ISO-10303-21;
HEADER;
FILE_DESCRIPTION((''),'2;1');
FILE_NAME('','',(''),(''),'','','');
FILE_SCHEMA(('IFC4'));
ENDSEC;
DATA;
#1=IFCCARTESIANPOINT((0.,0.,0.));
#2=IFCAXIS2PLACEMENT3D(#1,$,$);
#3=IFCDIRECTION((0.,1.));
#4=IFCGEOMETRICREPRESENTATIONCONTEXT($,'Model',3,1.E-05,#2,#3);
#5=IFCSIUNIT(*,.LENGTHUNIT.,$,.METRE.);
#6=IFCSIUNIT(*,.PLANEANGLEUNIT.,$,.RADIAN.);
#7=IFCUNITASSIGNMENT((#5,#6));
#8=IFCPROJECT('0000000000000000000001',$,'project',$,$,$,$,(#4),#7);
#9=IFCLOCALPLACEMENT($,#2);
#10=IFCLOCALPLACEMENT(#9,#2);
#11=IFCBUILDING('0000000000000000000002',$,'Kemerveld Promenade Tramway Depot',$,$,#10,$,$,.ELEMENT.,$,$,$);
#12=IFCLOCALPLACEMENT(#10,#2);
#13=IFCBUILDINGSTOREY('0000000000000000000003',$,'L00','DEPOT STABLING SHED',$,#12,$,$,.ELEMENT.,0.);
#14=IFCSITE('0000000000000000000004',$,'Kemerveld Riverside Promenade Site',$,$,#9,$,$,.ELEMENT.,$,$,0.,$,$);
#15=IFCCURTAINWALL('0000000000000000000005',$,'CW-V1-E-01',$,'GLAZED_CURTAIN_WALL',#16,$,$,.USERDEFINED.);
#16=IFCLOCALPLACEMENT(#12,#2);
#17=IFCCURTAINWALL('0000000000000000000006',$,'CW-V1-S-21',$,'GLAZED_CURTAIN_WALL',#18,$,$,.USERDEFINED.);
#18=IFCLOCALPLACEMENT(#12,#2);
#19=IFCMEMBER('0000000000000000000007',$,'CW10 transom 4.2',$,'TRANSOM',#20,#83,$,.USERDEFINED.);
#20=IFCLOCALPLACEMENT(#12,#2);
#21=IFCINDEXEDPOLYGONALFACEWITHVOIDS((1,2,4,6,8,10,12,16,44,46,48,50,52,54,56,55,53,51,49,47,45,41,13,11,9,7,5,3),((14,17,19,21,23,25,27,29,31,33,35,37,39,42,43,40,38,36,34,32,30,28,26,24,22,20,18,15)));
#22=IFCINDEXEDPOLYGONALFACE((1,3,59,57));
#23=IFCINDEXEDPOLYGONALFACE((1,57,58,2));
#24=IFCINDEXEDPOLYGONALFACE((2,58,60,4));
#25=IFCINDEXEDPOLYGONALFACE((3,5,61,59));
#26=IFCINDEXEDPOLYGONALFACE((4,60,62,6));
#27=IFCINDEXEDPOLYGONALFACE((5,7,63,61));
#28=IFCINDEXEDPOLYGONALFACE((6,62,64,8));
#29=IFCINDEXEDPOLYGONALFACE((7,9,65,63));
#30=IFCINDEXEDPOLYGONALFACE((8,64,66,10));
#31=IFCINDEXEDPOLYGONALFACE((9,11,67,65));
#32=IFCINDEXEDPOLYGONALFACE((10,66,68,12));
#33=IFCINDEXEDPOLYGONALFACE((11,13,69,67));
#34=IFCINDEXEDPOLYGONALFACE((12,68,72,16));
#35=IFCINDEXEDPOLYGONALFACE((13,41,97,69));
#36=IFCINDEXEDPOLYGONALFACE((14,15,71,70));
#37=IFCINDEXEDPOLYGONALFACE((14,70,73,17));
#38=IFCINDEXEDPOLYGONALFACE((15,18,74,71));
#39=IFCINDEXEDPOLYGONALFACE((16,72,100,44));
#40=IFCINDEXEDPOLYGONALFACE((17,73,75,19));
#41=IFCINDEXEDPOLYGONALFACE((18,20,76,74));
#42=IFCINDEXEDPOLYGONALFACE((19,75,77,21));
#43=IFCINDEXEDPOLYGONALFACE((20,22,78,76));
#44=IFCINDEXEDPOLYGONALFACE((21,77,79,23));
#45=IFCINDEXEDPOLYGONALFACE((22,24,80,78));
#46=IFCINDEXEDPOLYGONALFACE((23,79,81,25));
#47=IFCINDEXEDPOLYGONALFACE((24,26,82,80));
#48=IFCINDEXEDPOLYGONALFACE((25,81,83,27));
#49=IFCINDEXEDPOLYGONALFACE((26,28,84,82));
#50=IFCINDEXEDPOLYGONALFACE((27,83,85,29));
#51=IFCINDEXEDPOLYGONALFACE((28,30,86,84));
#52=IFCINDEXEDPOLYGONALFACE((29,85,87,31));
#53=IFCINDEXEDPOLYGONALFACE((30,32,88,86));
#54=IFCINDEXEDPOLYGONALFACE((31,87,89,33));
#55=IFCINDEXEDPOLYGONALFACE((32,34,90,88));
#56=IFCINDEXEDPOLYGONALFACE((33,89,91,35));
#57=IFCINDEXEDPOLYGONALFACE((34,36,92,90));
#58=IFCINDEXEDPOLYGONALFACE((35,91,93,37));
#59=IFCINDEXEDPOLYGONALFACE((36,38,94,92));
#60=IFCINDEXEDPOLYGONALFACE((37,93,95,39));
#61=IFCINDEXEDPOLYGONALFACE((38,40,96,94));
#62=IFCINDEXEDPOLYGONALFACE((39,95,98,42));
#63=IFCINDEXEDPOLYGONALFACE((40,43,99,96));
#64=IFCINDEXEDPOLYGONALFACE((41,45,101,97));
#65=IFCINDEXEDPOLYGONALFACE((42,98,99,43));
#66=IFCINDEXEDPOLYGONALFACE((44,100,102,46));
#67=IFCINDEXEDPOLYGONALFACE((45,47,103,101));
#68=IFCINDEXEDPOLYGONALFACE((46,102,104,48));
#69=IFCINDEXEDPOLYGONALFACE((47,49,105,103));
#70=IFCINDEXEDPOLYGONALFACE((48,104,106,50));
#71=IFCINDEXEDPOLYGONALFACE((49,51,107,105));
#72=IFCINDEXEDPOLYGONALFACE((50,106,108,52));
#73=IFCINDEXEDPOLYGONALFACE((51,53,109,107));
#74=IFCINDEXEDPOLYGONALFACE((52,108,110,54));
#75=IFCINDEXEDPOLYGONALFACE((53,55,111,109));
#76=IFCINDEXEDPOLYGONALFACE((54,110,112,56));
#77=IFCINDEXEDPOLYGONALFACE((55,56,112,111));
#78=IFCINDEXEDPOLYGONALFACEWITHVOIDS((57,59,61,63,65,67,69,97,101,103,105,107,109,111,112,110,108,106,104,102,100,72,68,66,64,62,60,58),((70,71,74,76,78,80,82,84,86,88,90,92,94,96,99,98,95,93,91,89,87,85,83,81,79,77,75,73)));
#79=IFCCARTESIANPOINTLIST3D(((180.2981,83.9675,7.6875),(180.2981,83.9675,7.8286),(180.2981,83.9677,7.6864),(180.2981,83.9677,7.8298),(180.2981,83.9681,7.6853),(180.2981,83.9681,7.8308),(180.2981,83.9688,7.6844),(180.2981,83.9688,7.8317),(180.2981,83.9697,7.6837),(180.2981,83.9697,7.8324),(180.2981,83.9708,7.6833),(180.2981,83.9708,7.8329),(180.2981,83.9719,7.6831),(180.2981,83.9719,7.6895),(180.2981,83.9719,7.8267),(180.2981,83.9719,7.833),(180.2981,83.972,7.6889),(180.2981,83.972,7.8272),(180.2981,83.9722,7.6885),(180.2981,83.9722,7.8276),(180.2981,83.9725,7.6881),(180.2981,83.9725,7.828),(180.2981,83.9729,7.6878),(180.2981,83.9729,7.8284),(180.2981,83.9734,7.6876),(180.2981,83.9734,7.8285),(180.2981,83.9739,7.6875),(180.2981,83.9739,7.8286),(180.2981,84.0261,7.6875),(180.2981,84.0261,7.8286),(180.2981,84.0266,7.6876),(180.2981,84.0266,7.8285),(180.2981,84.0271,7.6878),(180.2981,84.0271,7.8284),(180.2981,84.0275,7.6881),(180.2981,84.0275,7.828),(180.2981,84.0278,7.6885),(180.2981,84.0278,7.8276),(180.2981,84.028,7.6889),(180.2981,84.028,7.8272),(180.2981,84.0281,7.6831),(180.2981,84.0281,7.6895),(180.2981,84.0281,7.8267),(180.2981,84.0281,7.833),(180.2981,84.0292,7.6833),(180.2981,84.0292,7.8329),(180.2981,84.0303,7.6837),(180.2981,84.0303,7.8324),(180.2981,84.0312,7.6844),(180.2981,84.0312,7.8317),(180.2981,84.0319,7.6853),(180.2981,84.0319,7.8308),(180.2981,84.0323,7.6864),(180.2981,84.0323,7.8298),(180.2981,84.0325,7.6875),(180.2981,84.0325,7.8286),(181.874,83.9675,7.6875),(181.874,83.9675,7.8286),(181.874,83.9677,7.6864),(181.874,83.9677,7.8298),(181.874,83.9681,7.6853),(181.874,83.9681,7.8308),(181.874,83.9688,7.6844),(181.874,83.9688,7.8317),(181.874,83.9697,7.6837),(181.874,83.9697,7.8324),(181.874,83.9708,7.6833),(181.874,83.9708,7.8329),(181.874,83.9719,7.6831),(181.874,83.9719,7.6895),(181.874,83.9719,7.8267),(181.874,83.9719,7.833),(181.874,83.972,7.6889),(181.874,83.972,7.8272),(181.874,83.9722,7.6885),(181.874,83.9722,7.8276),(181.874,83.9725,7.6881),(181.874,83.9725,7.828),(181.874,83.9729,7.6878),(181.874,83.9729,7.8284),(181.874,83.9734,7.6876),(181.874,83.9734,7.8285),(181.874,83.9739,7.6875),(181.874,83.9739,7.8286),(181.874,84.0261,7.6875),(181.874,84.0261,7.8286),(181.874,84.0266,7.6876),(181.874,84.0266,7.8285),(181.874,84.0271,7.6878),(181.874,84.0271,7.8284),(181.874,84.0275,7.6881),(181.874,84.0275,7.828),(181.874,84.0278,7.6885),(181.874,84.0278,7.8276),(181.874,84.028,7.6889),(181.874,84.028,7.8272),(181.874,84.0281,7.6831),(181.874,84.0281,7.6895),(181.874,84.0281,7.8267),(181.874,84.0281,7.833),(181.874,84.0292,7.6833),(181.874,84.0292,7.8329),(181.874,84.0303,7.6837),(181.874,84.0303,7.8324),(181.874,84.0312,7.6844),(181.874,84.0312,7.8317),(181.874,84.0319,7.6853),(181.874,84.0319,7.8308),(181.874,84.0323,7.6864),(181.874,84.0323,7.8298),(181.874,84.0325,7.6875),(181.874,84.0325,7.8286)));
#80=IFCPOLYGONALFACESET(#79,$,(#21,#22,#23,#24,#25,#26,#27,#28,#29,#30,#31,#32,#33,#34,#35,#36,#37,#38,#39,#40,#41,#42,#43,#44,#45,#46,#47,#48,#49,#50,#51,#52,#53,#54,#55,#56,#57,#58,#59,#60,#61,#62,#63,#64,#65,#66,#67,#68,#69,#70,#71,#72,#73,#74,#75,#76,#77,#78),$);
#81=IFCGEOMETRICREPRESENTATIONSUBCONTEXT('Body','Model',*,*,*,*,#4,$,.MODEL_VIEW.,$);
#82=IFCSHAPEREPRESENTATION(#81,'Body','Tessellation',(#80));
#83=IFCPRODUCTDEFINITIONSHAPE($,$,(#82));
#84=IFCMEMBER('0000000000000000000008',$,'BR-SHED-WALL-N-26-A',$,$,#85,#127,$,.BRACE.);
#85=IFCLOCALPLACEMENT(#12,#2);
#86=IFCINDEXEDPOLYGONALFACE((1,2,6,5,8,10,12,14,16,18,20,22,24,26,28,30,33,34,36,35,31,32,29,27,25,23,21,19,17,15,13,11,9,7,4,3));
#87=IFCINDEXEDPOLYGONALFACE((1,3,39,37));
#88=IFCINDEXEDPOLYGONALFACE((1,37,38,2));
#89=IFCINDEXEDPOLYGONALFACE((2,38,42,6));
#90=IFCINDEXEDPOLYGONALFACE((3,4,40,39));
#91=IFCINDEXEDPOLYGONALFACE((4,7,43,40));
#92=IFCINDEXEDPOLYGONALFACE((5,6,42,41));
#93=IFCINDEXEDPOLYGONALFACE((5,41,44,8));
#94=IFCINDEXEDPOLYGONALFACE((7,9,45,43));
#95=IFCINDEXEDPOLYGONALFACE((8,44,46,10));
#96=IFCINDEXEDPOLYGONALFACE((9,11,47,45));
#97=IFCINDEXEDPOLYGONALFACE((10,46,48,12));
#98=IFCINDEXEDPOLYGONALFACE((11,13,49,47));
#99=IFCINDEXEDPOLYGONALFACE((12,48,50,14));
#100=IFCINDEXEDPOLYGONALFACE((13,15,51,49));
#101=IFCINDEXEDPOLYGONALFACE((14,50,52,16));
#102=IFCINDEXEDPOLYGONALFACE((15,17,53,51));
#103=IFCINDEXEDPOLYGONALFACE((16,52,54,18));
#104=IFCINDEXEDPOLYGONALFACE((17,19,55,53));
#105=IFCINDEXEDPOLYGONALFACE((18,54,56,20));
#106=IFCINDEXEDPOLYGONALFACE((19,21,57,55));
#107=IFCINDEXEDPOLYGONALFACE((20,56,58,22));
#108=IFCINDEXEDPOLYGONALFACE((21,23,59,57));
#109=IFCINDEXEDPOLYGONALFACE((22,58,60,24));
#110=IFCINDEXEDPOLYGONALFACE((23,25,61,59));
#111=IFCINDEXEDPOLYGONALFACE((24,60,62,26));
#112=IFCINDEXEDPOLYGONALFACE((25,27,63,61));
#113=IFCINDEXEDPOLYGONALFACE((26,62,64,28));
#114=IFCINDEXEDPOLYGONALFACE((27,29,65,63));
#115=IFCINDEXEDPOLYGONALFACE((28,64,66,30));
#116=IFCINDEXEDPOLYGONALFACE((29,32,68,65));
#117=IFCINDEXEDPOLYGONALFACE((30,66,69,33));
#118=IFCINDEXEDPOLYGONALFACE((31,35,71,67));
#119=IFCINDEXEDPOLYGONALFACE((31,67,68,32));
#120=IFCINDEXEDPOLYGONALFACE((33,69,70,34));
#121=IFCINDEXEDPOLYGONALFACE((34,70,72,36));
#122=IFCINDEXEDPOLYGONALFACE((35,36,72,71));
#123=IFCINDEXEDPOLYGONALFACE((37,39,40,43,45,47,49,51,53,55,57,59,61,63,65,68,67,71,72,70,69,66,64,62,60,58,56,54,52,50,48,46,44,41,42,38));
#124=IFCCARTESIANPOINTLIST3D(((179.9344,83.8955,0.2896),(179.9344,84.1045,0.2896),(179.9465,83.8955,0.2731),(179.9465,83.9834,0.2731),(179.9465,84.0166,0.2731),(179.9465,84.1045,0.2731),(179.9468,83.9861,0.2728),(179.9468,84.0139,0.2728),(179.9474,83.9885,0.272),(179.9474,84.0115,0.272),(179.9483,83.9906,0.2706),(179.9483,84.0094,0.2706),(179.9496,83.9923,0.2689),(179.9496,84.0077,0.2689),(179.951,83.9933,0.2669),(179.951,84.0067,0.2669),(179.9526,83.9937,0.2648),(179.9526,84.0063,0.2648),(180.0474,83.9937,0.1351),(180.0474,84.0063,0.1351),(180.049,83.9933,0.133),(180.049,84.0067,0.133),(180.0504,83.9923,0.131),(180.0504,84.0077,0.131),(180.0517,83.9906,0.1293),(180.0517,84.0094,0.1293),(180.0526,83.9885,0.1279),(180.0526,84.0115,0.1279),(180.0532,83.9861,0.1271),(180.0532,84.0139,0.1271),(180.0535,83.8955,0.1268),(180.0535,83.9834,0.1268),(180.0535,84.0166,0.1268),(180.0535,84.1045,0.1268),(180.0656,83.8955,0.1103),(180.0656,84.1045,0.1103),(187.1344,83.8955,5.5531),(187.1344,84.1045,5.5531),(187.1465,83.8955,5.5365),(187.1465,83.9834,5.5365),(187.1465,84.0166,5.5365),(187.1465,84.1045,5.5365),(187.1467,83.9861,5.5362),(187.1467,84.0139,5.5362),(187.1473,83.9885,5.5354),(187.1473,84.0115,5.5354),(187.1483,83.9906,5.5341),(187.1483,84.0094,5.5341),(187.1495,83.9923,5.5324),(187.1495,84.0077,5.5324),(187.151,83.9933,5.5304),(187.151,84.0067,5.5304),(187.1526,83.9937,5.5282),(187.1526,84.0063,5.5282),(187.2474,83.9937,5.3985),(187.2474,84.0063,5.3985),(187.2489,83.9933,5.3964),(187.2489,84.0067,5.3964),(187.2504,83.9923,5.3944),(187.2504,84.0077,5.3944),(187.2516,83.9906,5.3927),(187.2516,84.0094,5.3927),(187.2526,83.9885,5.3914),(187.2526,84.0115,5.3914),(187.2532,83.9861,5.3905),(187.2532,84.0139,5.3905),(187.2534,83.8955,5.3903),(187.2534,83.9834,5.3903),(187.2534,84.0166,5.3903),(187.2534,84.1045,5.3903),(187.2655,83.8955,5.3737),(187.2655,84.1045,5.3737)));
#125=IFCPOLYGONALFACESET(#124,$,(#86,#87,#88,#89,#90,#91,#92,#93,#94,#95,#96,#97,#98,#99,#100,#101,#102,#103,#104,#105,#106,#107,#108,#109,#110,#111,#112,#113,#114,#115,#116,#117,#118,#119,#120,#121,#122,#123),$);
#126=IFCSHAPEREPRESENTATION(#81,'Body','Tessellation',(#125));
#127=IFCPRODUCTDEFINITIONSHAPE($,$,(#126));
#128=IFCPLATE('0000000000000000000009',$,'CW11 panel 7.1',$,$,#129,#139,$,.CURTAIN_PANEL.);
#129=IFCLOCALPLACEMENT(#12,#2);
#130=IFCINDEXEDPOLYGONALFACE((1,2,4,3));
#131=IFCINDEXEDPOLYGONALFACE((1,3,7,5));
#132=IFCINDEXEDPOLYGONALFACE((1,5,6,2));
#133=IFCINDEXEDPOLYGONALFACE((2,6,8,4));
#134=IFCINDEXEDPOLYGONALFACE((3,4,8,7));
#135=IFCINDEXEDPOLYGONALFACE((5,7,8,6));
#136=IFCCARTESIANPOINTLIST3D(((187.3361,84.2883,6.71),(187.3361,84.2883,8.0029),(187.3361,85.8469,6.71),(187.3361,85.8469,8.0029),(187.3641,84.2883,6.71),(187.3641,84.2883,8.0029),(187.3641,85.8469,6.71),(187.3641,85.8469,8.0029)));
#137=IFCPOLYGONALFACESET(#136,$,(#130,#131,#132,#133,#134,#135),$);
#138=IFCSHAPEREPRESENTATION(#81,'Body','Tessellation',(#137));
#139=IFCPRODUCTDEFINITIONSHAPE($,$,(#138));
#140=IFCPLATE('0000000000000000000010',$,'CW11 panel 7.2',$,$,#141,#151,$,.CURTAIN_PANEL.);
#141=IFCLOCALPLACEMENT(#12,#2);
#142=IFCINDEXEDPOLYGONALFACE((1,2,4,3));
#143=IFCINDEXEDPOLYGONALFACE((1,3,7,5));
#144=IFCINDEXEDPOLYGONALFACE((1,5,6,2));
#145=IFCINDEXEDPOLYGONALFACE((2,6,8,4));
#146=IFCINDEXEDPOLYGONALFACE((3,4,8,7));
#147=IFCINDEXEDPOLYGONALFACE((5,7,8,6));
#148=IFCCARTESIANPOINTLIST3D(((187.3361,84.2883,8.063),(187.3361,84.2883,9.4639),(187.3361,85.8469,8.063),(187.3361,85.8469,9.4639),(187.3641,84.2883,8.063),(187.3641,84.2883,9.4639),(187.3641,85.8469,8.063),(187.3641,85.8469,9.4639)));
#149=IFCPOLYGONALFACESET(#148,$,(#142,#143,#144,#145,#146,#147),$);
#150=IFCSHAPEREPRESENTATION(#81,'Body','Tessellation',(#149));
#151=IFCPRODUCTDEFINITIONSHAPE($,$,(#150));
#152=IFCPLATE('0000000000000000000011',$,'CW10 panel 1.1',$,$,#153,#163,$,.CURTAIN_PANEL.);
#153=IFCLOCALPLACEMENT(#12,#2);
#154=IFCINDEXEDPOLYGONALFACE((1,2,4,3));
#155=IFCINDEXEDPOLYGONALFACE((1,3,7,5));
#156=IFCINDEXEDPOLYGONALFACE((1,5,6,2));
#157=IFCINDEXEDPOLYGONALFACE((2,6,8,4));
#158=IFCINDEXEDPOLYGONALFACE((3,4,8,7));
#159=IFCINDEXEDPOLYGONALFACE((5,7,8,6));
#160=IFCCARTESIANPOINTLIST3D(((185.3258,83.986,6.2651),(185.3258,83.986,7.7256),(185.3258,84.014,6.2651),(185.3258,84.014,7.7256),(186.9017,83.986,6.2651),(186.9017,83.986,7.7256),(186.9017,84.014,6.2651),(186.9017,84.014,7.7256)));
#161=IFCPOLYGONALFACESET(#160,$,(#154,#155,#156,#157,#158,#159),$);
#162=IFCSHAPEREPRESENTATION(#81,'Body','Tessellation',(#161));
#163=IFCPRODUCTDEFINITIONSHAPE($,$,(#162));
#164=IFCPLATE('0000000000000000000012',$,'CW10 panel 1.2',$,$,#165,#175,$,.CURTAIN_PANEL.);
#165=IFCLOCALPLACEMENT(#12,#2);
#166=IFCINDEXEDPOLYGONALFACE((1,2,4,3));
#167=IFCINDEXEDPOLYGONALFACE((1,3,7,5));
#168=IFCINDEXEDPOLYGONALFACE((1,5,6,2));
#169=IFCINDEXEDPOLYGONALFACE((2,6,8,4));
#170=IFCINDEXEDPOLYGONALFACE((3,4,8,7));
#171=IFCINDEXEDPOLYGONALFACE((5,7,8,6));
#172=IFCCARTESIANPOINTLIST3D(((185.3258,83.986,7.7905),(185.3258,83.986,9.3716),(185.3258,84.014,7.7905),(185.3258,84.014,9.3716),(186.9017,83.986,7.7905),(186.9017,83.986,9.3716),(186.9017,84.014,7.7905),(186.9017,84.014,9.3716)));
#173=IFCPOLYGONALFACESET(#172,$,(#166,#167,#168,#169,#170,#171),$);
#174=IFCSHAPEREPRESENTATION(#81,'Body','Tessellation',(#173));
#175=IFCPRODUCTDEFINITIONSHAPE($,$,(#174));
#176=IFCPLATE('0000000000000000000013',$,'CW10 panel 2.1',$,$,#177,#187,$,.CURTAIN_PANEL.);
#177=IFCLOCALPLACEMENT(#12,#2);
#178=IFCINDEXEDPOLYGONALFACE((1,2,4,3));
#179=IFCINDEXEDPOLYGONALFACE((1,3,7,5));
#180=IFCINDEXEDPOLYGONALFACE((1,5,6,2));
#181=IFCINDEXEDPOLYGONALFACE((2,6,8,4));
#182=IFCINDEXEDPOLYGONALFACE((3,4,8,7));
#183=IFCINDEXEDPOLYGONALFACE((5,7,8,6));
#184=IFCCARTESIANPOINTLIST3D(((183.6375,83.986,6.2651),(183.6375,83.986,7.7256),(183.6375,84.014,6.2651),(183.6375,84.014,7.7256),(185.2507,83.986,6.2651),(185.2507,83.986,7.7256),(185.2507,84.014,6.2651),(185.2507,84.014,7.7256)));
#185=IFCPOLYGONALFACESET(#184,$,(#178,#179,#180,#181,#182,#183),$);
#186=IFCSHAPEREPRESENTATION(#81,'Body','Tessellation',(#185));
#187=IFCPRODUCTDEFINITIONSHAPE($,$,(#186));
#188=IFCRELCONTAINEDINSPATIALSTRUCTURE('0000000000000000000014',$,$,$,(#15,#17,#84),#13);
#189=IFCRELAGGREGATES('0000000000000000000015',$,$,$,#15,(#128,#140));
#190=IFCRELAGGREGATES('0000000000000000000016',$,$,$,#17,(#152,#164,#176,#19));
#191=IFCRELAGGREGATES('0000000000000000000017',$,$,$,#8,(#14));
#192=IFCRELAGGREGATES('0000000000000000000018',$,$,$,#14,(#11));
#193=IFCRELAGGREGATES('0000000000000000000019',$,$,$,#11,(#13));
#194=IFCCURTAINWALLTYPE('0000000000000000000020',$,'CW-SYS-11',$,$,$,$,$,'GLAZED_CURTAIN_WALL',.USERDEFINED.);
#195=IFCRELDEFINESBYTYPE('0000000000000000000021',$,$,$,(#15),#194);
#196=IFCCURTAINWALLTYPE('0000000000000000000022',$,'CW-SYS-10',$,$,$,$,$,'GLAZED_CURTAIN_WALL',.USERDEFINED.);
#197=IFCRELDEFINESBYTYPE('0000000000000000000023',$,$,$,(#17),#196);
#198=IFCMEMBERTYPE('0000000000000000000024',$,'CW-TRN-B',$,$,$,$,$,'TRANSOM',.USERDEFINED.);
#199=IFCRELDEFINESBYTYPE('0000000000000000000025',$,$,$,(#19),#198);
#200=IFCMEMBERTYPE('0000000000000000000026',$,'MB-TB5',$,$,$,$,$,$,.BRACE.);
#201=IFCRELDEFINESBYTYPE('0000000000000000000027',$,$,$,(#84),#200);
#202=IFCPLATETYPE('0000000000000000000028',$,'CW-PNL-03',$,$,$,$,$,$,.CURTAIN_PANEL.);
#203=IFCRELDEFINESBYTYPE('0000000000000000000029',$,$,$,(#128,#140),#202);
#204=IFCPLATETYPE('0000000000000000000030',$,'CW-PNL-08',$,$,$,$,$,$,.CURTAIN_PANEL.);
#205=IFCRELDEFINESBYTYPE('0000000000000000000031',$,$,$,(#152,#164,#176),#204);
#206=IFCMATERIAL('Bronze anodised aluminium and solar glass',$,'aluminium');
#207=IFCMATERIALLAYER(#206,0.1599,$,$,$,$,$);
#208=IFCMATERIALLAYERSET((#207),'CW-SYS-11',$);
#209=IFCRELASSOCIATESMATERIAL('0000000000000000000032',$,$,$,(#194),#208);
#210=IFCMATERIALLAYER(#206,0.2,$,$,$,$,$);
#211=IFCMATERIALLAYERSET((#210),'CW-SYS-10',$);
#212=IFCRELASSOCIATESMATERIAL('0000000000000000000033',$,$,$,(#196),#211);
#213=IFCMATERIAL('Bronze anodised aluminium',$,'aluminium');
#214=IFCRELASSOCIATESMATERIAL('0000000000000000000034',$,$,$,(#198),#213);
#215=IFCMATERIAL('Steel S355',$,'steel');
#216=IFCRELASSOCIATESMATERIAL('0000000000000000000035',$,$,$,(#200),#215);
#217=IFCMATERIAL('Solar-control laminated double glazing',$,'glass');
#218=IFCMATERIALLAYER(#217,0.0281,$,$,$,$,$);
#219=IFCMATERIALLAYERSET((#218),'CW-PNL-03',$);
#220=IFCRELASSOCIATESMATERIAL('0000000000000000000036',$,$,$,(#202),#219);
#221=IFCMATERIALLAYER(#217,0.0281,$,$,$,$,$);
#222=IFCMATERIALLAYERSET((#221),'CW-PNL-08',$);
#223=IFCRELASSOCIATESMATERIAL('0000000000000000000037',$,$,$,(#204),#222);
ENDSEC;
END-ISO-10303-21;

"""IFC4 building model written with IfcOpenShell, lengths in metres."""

from ifc_helpers import new_model, si_unit, direction, frame, origin, origin_2d, place, context, subcontext, project, spatial, rectangle, hollow_rectangle, i_section, extrude, material, layer, layer_set, material_profile, profile_set, type_object, element, aggregate, save


model = new_model("IFC4")

# Units and contexts
model_context = context("Model", 3, precision=1e-05, world=origin(), true_north=direction((0.0, 1.0)))
body_context = subcontext(model_context, "Body", "Model", "MODEL_VIEW")
ifc_project = project(units=[si_unit("LENGTHUNIT", "METRE"), si_unit("PLANEANGLEUNIT", "RADIAN")], contexts=[model_context])

# Site, building, storey
site_placement = place(None, origin())
site = spatial("IfcSite", under=ifc_project, at=site_placement, Name="Kemerveld Riverside Promenade Site", CompositionType="ELEMENT", RefElevation=0.0)
building_placement = place(site_placement, origin())
building = spatial("IfcBuilding", under=site, at=building_placement, Name="Kemerveld Promenade Tramway Depot", CompositionType="ELEMENT")
storey_placement = place(building_placement, origin())
storey = spatial("IfcBuildingStorey", under=building, at=storey_placement, Name="L00", Description="DEPOT STABLING SHED", CompositionType="ELEMENT", Elevation=0.0)

# Shared definitions
ifc_material_1 = material(Name="Steel S355", Category="steel")

# Curtain wall
ifc_material_2 = material(Name="Bronze anodised aluminium and solar glass", Category="aluminium")
ifc_layer_1 = layer(ifc_material_2, 0.1599)
ifc_layer_set_1 = layer_set([ifc_layer_1], Name="CW-SYS-11")
curtain_wall_type_1 = type_object("IfcCurtainWallType", Name="CW-SYS-11", ElementType="GLAZED_CURTAIN_WALL", PredefinedType="USERDEFINED", material=ifc_layer_set_1)
curtain_wall_1_placement = place(storey_placement, origin())
curtain_wall_1 = element("IfcCurtainWall", 1, at=curtain_wall_1_placement, inside=storey, type_object=curtain_wall_type_1, Name="CW-V1-E-01", ObjectType="GLAZED_CURTAIN_WALL", PredefinedType="USERDEFINED")
ifc_material_3 = material(Name="Bronze anodised aluminium", Category="aluminium")

# Curtain wall, member
ifc_layer_2 = layer(ifc_material_2, 0.2)
ifc_layer_set_2 = layer_set([ifc_layer_2], Name="CW-SYS-10")
curtain_wall_type_2 = type_object("IfcCurtainWallType", Name="CW-SYS-10", ElementType="GLAZED_CURTAIN_WALL", PredefinedType="USERDEFINED", material=ifc_layer_set_2)
curtain_wall_2_placement = place(storey_placement, origin())
curtain_wall_2 = element("IfcCurtainWall", 2, at=curtain_wall_2_placement, inside=storey, type_object=curtain_wall_type_2, Name="CW-V1-S-21", ObjectType="GLAZED_CURTAIN_WALL", PredefinedType="USERDEFINED")
ifc_material_profile_1 = material_profile(ifc_material_3, hollow_rectangle(XDim=0.0649, YDim=0.1499, WallThickness=0.0044, InnerFilletRadius=0.002, OuterFilletRadius=0.0044, at=origin_2d()), Name="CW-TRN-150x65")
ifc_profile_set_1 = profile_set([ifc_material_profile_1], Name="Bronze anodised aluminium")
member_type_1 = type_object("IfcMemberType", Name="CW-TRN-B", ElementType="TRANSOM", PredefinedType="USERDEFINED", material=ifc_profile_set_1)
member_1_placement = place(storey_placement, frame((181.874, 84.0, 7.7581), z_axis=(-1.0, 0.0, 0.0), x_axis=(0.0, -1.0, 0.0)))
member_1 = element("IfcMember", 3, at=member_1_placement, type_object=member_type_1, Name="CW10 transom 4.2", ObjectType="TRANSOM", PredefinedType="USERDEFINED", context=body_context, shape_type="SweptSolid", body=[
    extrude(hollow_rectangle(XDim=0.0649, YDim=0.1499, WallThickness=0.0044, InnerFilletRadius=0.002, OuterFilletRadius=0.0044, at=origin_2d()), origin(), (0.0, 0.0, 1.0), 1.5759),
])

# Member
ifc_material_profile_2 = material_profile(ifc_material_1, i_section(OverallWidth=0.209, OverallDepth=0.2222, WebThickness=0.0127, FlangeThickness=0.0205, FilletRadius=0.0103, at=origin_2d()), Name="203x203x86 UC")
ifc_profile_set_2 = profile_set([ifc_material_profile_2], Name="Steel S355")
member_type_2 = type_object("IfcMemberType", Name="MB-TB5", PredefinedType="BRACE", material=ifc_profile_set_2)
member_2_placement = place(storey_placement, frame((180.0, 84.0, 0.2), z_axis=(0.807288, 0.0, 0.590157), x_axis=(0.0, 1.0, 0.0)))
element("IfcMember", 4, at=member_2_placement, inside=storey, type_object=member_type_2, Name="BR-SHED-WALL-N-26-A", PredefinedType="BRACE", context=body_context, shape_type="SweptSolid", body=[
    extrude(i_section(OverallWidth=0.209, OverallDepth=0.2222, WebThickness=0.0127, FlangeThickness=0.0205, FilletRadius=0.0103, at=origin_2d()), origin(), (0.0, 0.0, 1.0), 8.9187),
])

# Plates
ifc_material_4 = material(Name="Solar-control laminated double glazing", Category="glass")
ifc_layer_3 = layer(ifc_material_4, 0.0281)
ifc_layer_set_3 = layer_set([ifc_layer_3], Name="CW-PNL-03")
plate_type_1 = type_object("IfcPlateType", Name="CW-PNL-03", PredefinedType="CURTAIN_PANEL", material=ifc_layer_set_3)
plate_1_placement = place(storey_placement, frame((187.3501, 85.0676, 6.71), z_axis=(0.0, 0.0, 1.0), x_axis=(0.0, -1.0, 0.0)))
plate_1 = element("IfcPlate", 5, at=plate_1_placement, type_object=plate_type_1, Name="CW11 panel 7.1", PredefinedType="CURTAIN_PANEL", context=body_context, shape_type="SweptSolid", body=[
    extrude(rectangle(XDim=1.5586, YDim=0.0281, at=origin_2d()), origin(), (0.0, 0.0, 1.0), 1.293),
])
plate_2_placement = place(storey_placement, frame((187.3501, 85.0676, 8.063), z_axis=(0.0, 0.0, 1.0), x_axis=(0.0, -1.0, 0.0)))
plate_2 = element("IfcPlate", 6, at=plate_2_placement, type_object=plate_type_1, Name="CW11 panel 7.2", PredefinedType="CURTAIN_PANEL", context=body_context, shape_type="SweptSolid", body=[
    extrude(rectangle(XDim=1.5586, YDim=0.0281, at=origin_2d()), origin(), (0.0, 0.0, 1.0), 1.4009),
])
aggregate(curtain_wall_1, [plate_1, plate_2])
ifc_layer_4 = layer(ifc_material_4, 0.0281)
ifc_layer_set_4 = layer_set([ifc_layer_4], Name="CW-PNL-08")
plate_type_2 = type_object("IfcPlateType", Name="CW-PNL-08", PredefinedType="CURTAIN_PANEL", material=ifc_layer_set_4)
plate_3_placement = place(storey_placement, frame((186.1138, 84.0, 6.2651), z_axis=(0.0, 0.0, 1.0), x_axis=(-1.0, 0.0, 0.0)))
plate_3 = element("IfcPlate", 7, at=plate_3_placement, type_object=plate_type_2, Name="CW10 panel 1.1", PredefinedType="CURTAIN_PANEL", context=body_context, shape_type="SweptSolid", body=[
    extrude(rectangle(XDim=1.5759, YDim=0.0281, at=origin_2d()), origin(), (0.0, 0.0, 1.0), 1.4604),
])
plate_4_placement = place(storey_placement, frame((186.1138, 84.0, 7.7905), z_axis=(0.0, 0.0, 1.0), x_axis=(-1.0, 0.0, 0.0)))
plate_4 = element("IfcPlate", 8, at=plate_4_placement, type_object=plate_type_2, Name="CW10 panel 1.2", PredefinedType="CURTAIN_PANEL", context=body_context, shape_type="SweptSolid", body=[
    extrude(rectangle(XDim=1.5759, YDim=0.0281, at=origin_2d()), origin(), (0.0, 0.0, 1.0), 1.5811),
])
plate_5_placement = place(storey_placement, frame((184.4441, 84.0, 6.2651), z_axis=(0.0, 0.0, 1.0), x_axis=(-1.0, 0.0, 0.0)))
plate_5 = element("IfcPlate", 9, at=plate_5_placement, type_object=plate_type_2, Name="CW10 panel 2.1", PredefinedType="CURTAIN_PANEL", context=body_context, shape_type="SweptSolid", body=[
    extrude(rectangle(XDim=1.6133, YDim=0.0281, at=origin_2d()), origin(), (0.0, 0.0, 1.0), 1.4604),
])
aggregate(curtain_wall_2, [plate_3, plate_4, plate_5, member_1])

save(model, "model.ifc")
